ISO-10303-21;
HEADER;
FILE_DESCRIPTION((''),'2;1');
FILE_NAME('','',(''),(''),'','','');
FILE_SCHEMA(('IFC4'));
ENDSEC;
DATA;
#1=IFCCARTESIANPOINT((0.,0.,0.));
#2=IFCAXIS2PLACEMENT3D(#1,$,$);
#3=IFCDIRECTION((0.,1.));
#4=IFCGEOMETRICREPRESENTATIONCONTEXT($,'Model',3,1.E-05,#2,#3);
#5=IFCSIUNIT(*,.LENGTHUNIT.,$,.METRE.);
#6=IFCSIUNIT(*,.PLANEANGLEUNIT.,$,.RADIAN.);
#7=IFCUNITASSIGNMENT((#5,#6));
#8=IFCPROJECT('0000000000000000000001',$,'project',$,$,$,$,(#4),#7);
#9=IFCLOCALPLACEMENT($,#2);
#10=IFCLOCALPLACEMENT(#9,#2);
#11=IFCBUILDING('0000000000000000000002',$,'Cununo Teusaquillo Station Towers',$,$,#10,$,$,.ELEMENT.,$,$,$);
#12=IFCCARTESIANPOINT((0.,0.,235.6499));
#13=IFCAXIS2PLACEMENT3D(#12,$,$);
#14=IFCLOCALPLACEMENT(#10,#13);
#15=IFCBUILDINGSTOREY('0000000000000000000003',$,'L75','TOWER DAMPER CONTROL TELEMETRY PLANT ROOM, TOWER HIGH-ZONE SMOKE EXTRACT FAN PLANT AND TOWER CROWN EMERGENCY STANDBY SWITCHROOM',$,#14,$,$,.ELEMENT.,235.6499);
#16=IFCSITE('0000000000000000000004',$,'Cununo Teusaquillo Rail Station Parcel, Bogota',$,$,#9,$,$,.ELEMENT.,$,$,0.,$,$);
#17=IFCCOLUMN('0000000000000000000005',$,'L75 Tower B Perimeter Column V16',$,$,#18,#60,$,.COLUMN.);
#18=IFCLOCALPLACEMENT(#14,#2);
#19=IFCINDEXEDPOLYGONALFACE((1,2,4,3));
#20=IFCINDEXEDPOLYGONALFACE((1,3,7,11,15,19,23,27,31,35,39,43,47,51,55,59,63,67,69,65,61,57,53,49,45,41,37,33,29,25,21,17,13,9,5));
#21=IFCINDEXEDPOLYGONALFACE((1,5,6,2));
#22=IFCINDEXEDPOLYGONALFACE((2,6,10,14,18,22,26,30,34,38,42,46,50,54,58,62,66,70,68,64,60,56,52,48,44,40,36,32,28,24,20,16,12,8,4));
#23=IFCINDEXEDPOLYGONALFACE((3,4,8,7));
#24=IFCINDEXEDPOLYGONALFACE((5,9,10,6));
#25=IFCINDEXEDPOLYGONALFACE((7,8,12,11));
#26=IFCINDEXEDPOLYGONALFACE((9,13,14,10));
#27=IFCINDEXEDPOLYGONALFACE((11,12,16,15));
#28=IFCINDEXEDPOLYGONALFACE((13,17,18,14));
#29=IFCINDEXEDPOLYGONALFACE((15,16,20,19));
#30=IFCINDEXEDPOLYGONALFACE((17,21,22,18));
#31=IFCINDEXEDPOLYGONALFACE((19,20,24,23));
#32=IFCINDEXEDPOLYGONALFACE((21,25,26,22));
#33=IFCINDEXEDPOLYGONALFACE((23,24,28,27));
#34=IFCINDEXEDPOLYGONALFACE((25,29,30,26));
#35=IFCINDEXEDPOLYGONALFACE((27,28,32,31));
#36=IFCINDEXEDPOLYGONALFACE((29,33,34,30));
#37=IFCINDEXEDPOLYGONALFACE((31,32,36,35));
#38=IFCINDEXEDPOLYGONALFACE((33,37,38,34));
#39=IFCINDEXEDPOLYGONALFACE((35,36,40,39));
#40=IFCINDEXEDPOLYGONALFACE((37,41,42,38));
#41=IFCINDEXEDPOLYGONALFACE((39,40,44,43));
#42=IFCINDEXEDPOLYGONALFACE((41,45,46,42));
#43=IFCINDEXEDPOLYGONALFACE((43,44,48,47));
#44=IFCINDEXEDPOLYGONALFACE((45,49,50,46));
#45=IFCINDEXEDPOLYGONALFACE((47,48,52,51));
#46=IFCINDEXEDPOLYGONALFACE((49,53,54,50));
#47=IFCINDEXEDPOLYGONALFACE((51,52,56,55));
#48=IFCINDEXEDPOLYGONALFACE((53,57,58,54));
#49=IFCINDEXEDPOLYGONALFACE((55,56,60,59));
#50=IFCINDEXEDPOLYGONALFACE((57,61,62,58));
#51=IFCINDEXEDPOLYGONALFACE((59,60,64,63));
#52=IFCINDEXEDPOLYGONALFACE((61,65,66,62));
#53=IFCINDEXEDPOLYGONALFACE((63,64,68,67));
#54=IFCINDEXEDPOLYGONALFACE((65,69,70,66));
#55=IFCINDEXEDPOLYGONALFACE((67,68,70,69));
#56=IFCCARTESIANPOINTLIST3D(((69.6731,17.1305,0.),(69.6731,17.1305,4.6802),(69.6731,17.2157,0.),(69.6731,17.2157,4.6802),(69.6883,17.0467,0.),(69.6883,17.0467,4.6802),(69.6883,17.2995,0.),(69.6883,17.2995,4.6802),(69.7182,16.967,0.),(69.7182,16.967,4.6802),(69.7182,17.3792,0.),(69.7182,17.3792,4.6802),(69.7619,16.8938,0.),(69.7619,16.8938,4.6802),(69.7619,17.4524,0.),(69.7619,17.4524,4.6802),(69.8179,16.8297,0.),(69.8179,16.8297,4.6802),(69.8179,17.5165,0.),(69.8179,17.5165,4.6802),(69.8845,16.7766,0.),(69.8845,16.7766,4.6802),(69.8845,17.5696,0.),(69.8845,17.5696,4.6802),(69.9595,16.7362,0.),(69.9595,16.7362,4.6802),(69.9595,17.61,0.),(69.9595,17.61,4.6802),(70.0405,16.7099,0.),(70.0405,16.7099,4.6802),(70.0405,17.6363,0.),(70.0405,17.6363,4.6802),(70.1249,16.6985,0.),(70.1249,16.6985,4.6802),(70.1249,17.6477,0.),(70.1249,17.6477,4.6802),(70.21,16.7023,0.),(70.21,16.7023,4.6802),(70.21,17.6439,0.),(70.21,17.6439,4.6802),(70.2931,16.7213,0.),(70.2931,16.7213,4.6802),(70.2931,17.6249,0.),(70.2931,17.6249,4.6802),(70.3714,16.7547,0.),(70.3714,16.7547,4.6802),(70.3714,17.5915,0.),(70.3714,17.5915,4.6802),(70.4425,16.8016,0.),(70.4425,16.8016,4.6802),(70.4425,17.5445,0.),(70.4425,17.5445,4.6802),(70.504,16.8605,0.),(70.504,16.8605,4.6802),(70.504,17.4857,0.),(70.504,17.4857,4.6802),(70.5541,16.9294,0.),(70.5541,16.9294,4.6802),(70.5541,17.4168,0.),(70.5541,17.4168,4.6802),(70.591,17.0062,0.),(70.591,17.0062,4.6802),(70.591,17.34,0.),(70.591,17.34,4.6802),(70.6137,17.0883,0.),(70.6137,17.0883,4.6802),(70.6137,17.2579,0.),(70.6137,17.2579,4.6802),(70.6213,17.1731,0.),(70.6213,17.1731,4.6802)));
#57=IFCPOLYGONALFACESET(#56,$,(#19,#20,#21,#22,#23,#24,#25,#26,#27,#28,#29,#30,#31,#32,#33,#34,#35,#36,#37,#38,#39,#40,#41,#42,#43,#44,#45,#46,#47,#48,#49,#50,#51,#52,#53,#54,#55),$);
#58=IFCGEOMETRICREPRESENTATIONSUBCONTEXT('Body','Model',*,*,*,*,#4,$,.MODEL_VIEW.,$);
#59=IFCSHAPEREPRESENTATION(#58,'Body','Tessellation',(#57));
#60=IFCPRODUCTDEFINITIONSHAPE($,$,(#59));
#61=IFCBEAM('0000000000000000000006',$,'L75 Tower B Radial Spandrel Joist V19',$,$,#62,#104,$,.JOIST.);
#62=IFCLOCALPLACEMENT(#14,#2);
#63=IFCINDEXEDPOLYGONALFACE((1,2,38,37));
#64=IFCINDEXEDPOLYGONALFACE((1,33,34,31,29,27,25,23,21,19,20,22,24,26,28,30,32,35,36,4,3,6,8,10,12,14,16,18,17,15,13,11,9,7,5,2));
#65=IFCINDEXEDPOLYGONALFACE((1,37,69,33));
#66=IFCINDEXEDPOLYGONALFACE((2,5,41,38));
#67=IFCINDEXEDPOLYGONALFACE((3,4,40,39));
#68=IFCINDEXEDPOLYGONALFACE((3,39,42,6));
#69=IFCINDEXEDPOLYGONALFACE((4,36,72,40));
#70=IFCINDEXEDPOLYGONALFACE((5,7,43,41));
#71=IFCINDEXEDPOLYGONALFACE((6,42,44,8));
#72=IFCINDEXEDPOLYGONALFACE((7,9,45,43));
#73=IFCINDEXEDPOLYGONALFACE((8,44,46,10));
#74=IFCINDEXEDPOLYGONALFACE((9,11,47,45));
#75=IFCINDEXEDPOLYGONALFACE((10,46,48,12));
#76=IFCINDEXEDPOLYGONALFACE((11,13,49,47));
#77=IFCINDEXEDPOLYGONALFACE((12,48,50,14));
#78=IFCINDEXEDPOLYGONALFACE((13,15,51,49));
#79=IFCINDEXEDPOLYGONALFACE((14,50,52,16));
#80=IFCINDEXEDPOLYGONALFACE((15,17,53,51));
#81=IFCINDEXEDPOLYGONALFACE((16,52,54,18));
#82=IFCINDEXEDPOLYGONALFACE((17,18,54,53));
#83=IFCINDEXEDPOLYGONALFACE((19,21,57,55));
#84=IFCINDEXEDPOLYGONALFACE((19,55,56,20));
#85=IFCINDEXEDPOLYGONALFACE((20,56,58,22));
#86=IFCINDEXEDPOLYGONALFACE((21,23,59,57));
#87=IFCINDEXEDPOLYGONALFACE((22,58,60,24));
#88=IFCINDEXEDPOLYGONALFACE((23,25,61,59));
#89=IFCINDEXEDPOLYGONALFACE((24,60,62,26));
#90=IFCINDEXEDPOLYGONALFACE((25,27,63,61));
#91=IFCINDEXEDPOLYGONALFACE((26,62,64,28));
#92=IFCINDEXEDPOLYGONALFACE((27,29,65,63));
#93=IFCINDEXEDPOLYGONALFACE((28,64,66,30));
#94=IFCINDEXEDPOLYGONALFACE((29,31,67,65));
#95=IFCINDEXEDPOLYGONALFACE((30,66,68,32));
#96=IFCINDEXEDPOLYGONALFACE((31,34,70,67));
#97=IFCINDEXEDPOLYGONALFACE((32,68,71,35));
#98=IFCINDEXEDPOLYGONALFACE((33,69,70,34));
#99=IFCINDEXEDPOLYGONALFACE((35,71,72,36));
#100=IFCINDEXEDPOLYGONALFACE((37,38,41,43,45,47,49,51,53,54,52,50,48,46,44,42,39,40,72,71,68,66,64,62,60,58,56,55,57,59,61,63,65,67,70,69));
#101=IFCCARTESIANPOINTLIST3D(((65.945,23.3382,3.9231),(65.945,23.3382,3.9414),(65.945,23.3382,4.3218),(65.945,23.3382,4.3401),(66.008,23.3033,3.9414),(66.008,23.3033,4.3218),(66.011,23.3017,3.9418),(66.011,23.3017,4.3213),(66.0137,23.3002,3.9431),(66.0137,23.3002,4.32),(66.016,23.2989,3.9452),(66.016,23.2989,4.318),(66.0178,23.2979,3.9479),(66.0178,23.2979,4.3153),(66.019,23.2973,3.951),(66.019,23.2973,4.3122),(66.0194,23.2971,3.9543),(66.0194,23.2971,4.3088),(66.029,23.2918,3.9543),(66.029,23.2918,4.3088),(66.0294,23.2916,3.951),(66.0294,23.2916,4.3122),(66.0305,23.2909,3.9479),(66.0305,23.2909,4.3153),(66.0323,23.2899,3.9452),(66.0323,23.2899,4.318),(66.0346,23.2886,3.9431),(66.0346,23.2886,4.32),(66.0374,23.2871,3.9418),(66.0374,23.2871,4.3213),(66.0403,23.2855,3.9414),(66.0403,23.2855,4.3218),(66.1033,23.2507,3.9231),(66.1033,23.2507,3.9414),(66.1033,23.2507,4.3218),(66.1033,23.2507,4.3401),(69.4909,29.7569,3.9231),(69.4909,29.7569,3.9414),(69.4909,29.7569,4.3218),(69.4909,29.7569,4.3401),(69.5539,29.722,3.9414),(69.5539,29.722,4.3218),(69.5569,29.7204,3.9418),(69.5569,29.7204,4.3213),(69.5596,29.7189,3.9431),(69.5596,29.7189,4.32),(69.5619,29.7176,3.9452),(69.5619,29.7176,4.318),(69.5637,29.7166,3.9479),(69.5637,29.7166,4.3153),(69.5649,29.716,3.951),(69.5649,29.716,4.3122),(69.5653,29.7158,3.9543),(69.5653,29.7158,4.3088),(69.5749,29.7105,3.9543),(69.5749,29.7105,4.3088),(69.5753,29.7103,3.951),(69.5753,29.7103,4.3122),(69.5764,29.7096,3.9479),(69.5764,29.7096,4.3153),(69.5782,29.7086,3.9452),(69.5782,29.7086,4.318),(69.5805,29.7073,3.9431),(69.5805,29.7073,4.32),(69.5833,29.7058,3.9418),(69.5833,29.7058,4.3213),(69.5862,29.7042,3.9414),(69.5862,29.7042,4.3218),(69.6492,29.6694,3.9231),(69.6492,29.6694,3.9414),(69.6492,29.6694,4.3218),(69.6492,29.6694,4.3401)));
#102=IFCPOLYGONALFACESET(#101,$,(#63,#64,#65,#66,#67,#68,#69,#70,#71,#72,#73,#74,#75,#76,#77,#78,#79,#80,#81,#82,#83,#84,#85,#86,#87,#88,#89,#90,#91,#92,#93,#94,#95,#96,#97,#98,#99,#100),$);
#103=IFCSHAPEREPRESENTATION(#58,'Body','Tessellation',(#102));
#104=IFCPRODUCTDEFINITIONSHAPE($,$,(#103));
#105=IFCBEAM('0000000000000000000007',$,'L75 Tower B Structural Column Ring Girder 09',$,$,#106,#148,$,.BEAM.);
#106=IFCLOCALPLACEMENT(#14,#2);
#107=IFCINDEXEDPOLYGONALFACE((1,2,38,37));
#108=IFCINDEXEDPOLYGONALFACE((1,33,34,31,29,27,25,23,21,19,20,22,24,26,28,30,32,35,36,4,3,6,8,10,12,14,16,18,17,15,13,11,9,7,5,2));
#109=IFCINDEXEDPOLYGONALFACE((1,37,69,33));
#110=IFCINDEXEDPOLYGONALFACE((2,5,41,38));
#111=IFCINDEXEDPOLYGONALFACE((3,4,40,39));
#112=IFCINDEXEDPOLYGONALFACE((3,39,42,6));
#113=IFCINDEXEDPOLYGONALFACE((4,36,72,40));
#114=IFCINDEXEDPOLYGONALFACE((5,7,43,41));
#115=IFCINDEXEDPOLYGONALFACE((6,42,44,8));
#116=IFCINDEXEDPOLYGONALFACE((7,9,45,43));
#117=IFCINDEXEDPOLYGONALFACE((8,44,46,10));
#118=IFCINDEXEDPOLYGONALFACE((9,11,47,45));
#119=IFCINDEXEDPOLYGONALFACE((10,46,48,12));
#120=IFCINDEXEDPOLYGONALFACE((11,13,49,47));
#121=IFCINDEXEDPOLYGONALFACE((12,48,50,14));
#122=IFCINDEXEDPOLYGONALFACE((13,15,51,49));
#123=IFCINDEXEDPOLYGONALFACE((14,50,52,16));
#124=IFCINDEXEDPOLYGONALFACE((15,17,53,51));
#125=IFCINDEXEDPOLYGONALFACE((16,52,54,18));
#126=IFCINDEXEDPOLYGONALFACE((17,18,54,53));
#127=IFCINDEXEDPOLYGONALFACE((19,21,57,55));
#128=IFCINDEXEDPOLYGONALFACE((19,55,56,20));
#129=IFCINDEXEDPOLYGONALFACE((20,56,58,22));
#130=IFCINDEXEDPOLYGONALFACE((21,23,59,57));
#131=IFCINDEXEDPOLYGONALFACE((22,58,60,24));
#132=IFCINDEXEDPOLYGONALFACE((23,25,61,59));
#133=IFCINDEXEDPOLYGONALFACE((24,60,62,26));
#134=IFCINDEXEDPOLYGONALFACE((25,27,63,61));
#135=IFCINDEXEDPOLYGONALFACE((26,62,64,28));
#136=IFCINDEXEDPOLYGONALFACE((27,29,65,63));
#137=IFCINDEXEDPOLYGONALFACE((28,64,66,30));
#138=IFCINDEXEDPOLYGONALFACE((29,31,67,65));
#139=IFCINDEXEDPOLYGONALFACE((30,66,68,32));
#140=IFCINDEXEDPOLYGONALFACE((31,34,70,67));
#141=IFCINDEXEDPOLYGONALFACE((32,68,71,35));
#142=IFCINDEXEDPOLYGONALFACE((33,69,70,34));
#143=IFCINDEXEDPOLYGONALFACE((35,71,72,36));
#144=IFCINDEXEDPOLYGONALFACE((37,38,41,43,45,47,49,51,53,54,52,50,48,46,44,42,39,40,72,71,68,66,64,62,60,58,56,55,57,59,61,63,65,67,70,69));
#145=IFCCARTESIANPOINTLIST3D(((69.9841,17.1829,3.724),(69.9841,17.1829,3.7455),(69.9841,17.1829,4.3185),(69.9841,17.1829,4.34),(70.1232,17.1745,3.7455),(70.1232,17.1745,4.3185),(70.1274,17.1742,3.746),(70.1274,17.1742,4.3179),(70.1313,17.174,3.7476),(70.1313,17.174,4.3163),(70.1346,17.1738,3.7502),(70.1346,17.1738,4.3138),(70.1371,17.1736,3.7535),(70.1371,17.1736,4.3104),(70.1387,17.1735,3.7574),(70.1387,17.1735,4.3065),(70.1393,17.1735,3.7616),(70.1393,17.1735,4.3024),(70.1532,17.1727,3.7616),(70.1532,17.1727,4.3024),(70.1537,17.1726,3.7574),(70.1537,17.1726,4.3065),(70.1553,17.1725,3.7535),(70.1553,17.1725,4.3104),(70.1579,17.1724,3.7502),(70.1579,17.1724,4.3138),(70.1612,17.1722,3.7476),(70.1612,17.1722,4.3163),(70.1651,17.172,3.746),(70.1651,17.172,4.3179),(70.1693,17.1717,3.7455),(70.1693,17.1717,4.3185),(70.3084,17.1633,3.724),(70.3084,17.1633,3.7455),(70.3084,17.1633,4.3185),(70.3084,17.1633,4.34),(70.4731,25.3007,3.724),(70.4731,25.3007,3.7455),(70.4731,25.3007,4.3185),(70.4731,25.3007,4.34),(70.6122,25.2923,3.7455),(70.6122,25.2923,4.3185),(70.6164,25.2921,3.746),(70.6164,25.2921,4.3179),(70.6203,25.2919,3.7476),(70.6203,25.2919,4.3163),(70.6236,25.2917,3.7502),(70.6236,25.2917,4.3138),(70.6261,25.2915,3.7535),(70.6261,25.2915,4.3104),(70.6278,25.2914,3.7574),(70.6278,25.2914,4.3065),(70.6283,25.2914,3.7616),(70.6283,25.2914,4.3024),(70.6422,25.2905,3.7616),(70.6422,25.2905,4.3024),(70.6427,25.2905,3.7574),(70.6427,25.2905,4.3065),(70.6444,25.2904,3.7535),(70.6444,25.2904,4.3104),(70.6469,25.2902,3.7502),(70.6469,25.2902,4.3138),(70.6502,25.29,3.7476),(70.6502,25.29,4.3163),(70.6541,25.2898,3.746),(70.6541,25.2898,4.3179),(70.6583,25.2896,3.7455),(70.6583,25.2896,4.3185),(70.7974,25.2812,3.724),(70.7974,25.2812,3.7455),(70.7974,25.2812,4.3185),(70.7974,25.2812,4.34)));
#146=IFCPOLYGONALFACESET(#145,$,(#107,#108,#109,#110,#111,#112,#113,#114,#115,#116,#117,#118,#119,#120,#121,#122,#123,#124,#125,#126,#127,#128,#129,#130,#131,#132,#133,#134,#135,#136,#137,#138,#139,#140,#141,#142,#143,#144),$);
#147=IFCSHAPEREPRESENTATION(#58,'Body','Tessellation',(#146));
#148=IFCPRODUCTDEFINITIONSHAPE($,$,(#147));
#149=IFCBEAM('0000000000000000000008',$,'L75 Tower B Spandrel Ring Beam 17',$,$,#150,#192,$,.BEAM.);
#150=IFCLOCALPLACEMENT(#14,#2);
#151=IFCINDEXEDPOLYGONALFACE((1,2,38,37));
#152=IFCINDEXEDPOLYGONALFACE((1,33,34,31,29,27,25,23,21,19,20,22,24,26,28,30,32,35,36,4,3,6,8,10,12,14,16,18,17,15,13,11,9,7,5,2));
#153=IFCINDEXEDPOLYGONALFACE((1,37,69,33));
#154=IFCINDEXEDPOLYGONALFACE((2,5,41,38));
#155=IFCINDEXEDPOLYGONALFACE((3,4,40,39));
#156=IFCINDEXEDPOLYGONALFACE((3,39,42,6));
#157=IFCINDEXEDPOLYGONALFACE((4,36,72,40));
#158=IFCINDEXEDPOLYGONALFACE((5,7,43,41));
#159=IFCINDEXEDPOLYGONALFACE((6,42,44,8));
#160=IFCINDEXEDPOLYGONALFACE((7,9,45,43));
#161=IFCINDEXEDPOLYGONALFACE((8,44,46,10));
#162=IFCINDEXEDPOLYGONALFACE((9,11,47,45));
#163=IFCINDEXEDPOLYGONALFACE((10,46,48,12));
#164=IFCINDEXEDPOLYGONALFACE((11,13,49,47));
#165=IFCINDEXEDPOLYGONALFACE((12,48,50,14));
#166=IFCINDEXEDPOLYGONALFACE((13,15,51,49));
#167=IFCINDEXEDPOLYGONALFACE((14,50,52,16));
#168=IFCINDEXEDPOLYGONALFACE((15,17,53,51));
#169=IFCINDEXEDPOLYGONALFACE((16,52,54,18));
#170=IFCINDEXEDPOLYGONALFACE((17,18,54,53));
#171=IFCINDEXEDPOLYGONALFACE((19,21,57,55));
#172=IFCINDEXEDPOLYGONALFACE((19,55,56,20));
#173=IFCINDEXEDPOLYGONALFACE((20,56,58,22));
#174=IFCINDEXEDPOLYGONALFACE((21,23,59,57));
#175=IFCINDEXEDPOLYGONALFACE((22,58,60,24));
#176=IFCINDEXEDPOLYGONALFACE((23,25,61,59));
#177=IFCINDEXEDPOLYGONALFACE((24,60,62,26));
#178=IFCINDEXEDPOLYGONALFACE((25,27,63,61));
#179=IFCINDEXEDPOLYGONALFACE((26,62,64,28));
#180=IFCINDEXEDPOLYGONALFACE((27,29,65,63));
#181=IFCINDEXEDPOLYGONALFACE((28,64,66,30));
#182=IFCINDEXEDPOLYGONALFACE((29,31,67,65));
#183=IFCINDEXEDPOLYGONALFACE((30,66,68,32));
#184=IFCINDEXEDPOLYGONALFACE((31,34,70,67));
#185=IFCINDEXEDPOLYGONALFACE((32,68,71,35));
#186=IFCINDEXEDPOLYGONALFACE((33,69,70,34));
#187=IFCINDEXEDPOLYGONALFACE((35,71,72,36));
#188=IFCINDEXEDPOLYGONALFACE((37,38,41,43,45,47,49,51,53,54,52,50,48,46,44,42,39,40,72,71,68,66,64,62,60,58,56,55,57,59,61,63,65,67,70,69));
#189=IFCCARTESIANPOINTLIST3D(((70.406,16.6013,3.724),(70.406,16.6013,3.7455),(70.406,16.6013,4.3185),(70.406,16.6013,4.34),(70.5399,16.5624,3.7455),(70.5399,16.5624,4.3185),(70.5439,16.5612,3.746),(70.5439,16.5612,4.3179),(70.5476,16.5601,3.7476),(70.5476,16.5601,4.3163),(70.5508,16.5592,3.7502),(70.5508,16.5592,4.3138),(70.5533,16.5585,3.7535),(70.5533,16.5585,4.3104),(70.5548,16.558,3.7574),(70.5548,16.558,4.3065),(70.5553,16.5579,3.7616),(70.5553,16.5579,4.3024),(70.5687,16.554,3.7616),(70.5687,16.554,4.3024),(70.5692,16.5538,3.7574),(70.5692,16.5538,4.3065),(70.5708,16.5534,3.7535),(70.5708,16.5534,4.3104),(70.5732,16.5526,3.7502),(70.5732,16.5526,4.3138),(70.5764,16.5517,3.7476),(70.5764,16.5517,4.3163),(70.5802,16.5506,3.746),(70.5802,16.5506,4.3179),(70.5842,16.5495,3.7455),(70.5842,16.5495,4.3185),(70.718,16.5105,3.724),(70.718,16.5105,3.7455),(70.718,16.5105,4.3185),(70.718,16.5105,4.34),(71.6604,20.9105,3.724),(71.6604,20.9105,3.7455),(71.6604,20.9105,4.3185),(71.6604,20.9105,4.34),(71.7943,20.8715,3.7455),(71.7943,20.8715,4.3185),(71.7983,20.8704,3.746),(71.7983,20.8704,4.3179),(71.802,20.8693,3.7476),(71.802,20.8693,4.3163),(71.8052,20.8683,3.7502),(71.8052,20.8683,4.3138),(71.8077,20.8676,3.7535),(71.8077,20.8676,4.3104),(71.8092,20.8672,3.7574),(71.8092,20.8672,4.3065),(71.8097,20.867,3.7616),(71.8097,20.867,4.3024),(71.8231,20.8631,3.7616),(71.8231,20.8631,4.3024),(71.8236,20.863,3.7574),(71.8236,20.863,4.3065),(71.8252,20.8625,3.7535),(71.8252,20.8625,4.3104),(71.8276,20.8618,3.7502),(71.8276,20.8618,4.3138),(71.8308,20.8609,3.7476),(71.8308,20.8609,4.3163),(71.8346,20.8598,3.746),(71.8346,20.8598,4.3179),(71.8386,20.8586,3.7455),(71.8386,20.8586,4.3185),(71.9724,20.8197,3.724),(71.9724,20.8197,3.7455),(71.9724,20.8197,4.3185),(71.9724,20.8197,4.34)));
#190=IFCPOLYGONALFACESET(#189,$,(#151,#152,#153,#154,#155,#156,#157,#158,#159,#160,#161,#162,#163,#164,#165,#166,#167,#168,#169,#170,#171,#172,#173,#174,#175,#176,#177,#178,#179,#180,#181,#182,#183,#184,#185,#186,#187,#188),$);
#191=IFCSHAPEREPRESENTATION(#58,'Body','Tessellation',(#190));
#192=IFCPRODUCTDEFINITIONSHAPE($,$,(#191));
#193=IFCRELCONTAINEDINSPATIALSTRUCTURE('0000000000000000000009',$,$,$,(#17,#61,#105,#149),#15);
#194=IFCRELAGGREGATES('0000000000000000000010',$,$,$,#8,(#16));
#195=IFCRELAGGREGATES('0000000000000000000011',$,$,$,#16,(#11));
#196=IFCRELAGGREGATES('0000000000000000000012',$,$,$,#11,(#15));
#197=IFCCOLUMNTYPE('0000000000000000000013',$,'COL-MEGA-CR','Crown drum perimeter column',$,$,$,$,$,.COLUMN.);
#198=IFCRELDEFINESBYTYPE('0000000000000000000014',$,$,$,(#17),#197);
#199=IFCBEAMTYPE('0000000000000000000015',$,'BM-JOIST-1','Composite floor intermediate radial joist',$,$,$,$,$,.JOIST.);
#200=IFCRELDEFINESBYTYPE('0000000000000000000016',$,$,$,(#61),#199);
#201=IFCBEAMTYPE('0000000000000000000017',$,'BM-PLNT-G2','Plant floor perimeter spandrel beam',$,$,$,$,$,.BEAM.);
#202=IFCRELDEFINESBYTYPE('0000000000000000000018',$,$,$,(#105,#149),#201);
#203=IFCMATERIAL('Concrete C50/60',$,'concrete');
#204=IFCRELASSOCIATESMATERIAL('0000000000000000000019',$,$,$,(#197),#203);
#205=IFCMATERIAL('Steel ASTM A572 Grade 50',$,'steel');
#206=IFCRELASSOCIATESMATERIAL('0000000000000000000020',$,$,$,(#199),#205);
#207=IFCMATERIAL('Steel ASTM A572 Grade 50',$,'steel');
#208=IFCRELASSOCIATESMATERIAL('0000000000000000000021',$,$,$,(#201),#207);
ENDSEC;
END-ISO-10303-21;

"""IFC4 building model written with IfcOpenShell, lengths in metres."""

from ifc_helpers import new_model, si_unit, direction, frame, origin, origin_2d, place, context, subcontext, project, spatial, circle, i_section, extrude, material, material_profile, profile_set, type_object, element, save


model = new_model("IFC4")

# Units and contexts
model_context = context("Model", 3, precision=1e-05, world=origin(), true_north=direction((0.0, 1.0)))
body_context = subcontext(model_context, "Body", "Model", "MODEL_VIEW")
ifc_project = project(units=[si_unit("LENGTHUNIT", "METRE"), si_unit("PLANEANGLEUNIT", "RADIAN")], contexts=[model_context])

# Site, building, storey
site_placement = place(None, origin())
site = spatial("IfcSite", under=ifc_project, at=site_placement, Name="Cununo Teusaquillo Rail Station Parcel, Bogota", CompositionType="ELEMENT", RefElevation=0.0)
building_placement = place(site_placement, origin())
building = spatial("IfcBuilding", under=site, at=building_placement, Name="Cununo Teusaquillo Station Towers", CompositionType="ELEMENT")
storey_placement = place(building_placement, frame((0.0, 0.0, 235.6499)))
storey = spatial("IfcBuildingStorey", under=building, at=storey_placement, Name="L75", Description="TOWER DAMPER CONTROL TELEMETRY PLANT ROOM, TOWER HIGH-ZONE SMOKE EXTRACT FAN PLANT AND TOWER CROWN EMERGENCY STANDBY SWITCHROOM", CompositionType="ELEMENT", Elevation=235.6499)

# Column
ifc_material_1 = material(Name="Concrete C50/60", Category="concrete")
ifc_material_profile_1 = material_profile(ifc_material_1, circle(Radius=0.4751, at=origin_2d()), Name="RC-CIRC-950")
ifc_profile_set_1 = profile_set([ifc_material_profile_1], Name="Concrete C50/60")
column_type = type_object("IfcColumnType", Name="COL-MEGA-CR", Description="Crown drum perimeter column", PredefinedType="COLUMN", material=ifc_profile_set_1)
column_placement = place(storey_placement, frame((70.1462, 17.1731, 0.0), z_axis=(0.0, 0.0, 1.0), x_axis=(1.0, 0.0, 0.0)))
element("IfcColumn", 1, at=column_placement, inside=storey, type_object=column_type, Name="L75 Tower B Perimeter Column V16", PredefinedType="COLUMN", context=body_context, shape_type="SweptSolid", body=[
    extrude(circle(Radius=0.4751, at=origin_2d()), origin(), (0.0, 0.0, 1.0), 4.6802),
])

# Beams
ifc_material_2 = material(Name="Steel ASTM A572 Grade 50", Category="steel")
ifc_material_profile_2 = material_profile(ifc_material_2, i_section(OverallWidth=0.1809, OverallDepth=0.417, WebThickness=0.011, FlangeThickness=0.0183, FilletRadius=0.0129, at=origin_2d()), Name="W16X57")
ifc_profile_set_2 = profile_set([ifc_material_profile_2], Name="Steel ASTM A572 Grade 50")
beam_type_1 = type_object("IfcBeamType", Name="BM-JOIST-1", Description="Composite floor intermediate radial joist", PredefinedType="JOIST", material=ifc_profile_set_2)
beam_1_placement = place(storey_placement, frame((66.0242, 23.2944, 4.1316), z_axis=(0.483553, 0.875315, 0.0), x_axis=(-0.875315, 0.483553, 0.0)))
element("IfcBeam", 2, at=beam_1_placement, inside=storey, type_object=beam_type_1, Name="L75 Tower B Radial Spandrel Joist V19", PredefinedType="JOIST", context=body_context, shape_type="SweptSolid", body=[
    extrude(i_section(OverallWidth=0.1809, OverallDepth=0.417, WebThickness=0.011, FlangeThickness=0.0183, FilletRadius=0.0129, at=origin_2d()), origin(), (0.0, 0.0, 1.0), 7.333),
])
ifc_material_3 = material(Name="Steel ASTM A572 Grade 50", Category="steel")
ifc_material_profile_3 = material_profile(ifc_material_3, i_section(OverallWidth=0.325, OverallDepth=0.616, WebThickness=0.0139, FlangeThickness=0.0215, FilletRadius=0.0161, at=origin_2d()), Name="W24X117")
ifc_profile_set_3 = profile_set([ifc_material_profile_3], Name="Steel ASTM A572 Grade 50")
beam_type_2 = type_object("IfcBeamType", Name="BM-PLNT-G2", Description="Plant floor perimeter spandrel beam", PredefinedType="BEAM", material=ifc_profile_set_3)
beam_2_placement = place(storey_placement, frame((70.1462, 17.1731, 4.032), z_axis=(0.06013, 0.998191, 0.0), x_axis=(-0.998191, 0.06013, 0.0)))
element("IfcBeam", 3, at=beam_2_placement, inside=storey, type_object=beam_type_2, Name="L75 Tower B Structural Column Ring Girder 09", PredefinedType="BEAM", context=body_context, shape_type="SweptSolid", body=[
    extrude(i_section(OverallWidth=0.325, OverallDepth=0.616, WebThickness=0.0139, FlangeThickness=0.0215, FilletRadius=0.0161, at=origin_2d()), origin(), (0.0, 0.0, 1.0), 8.1326),
])
beam_3_placement = place(storey_placement, frame((70.562, 16.5559, 4.032), z_axis=(0.279503, 0.960145, 0.0), x_axis=(-0.960145, 0.279503, 0.0)))
element("IfcBeam", 4, at=beam_3_placement, inside=storey, type_object=beam_type_2, Name="L75 Tower B Spandrel Ring Beam 17", PredefinedType="BEAM", context=body_context, shape_type="SweptSolid", body=[
    extrude(i_section(OverallWidth=0.325, OverallDepth=0.616, WebThickness=0.0139, FlangeThickness=0.0215, FilletRadius=0.0161, at=origin_2d()), origin(), (0.0, 0.0, 1.0), 4.488),
])

save(model, "model.ifc")
